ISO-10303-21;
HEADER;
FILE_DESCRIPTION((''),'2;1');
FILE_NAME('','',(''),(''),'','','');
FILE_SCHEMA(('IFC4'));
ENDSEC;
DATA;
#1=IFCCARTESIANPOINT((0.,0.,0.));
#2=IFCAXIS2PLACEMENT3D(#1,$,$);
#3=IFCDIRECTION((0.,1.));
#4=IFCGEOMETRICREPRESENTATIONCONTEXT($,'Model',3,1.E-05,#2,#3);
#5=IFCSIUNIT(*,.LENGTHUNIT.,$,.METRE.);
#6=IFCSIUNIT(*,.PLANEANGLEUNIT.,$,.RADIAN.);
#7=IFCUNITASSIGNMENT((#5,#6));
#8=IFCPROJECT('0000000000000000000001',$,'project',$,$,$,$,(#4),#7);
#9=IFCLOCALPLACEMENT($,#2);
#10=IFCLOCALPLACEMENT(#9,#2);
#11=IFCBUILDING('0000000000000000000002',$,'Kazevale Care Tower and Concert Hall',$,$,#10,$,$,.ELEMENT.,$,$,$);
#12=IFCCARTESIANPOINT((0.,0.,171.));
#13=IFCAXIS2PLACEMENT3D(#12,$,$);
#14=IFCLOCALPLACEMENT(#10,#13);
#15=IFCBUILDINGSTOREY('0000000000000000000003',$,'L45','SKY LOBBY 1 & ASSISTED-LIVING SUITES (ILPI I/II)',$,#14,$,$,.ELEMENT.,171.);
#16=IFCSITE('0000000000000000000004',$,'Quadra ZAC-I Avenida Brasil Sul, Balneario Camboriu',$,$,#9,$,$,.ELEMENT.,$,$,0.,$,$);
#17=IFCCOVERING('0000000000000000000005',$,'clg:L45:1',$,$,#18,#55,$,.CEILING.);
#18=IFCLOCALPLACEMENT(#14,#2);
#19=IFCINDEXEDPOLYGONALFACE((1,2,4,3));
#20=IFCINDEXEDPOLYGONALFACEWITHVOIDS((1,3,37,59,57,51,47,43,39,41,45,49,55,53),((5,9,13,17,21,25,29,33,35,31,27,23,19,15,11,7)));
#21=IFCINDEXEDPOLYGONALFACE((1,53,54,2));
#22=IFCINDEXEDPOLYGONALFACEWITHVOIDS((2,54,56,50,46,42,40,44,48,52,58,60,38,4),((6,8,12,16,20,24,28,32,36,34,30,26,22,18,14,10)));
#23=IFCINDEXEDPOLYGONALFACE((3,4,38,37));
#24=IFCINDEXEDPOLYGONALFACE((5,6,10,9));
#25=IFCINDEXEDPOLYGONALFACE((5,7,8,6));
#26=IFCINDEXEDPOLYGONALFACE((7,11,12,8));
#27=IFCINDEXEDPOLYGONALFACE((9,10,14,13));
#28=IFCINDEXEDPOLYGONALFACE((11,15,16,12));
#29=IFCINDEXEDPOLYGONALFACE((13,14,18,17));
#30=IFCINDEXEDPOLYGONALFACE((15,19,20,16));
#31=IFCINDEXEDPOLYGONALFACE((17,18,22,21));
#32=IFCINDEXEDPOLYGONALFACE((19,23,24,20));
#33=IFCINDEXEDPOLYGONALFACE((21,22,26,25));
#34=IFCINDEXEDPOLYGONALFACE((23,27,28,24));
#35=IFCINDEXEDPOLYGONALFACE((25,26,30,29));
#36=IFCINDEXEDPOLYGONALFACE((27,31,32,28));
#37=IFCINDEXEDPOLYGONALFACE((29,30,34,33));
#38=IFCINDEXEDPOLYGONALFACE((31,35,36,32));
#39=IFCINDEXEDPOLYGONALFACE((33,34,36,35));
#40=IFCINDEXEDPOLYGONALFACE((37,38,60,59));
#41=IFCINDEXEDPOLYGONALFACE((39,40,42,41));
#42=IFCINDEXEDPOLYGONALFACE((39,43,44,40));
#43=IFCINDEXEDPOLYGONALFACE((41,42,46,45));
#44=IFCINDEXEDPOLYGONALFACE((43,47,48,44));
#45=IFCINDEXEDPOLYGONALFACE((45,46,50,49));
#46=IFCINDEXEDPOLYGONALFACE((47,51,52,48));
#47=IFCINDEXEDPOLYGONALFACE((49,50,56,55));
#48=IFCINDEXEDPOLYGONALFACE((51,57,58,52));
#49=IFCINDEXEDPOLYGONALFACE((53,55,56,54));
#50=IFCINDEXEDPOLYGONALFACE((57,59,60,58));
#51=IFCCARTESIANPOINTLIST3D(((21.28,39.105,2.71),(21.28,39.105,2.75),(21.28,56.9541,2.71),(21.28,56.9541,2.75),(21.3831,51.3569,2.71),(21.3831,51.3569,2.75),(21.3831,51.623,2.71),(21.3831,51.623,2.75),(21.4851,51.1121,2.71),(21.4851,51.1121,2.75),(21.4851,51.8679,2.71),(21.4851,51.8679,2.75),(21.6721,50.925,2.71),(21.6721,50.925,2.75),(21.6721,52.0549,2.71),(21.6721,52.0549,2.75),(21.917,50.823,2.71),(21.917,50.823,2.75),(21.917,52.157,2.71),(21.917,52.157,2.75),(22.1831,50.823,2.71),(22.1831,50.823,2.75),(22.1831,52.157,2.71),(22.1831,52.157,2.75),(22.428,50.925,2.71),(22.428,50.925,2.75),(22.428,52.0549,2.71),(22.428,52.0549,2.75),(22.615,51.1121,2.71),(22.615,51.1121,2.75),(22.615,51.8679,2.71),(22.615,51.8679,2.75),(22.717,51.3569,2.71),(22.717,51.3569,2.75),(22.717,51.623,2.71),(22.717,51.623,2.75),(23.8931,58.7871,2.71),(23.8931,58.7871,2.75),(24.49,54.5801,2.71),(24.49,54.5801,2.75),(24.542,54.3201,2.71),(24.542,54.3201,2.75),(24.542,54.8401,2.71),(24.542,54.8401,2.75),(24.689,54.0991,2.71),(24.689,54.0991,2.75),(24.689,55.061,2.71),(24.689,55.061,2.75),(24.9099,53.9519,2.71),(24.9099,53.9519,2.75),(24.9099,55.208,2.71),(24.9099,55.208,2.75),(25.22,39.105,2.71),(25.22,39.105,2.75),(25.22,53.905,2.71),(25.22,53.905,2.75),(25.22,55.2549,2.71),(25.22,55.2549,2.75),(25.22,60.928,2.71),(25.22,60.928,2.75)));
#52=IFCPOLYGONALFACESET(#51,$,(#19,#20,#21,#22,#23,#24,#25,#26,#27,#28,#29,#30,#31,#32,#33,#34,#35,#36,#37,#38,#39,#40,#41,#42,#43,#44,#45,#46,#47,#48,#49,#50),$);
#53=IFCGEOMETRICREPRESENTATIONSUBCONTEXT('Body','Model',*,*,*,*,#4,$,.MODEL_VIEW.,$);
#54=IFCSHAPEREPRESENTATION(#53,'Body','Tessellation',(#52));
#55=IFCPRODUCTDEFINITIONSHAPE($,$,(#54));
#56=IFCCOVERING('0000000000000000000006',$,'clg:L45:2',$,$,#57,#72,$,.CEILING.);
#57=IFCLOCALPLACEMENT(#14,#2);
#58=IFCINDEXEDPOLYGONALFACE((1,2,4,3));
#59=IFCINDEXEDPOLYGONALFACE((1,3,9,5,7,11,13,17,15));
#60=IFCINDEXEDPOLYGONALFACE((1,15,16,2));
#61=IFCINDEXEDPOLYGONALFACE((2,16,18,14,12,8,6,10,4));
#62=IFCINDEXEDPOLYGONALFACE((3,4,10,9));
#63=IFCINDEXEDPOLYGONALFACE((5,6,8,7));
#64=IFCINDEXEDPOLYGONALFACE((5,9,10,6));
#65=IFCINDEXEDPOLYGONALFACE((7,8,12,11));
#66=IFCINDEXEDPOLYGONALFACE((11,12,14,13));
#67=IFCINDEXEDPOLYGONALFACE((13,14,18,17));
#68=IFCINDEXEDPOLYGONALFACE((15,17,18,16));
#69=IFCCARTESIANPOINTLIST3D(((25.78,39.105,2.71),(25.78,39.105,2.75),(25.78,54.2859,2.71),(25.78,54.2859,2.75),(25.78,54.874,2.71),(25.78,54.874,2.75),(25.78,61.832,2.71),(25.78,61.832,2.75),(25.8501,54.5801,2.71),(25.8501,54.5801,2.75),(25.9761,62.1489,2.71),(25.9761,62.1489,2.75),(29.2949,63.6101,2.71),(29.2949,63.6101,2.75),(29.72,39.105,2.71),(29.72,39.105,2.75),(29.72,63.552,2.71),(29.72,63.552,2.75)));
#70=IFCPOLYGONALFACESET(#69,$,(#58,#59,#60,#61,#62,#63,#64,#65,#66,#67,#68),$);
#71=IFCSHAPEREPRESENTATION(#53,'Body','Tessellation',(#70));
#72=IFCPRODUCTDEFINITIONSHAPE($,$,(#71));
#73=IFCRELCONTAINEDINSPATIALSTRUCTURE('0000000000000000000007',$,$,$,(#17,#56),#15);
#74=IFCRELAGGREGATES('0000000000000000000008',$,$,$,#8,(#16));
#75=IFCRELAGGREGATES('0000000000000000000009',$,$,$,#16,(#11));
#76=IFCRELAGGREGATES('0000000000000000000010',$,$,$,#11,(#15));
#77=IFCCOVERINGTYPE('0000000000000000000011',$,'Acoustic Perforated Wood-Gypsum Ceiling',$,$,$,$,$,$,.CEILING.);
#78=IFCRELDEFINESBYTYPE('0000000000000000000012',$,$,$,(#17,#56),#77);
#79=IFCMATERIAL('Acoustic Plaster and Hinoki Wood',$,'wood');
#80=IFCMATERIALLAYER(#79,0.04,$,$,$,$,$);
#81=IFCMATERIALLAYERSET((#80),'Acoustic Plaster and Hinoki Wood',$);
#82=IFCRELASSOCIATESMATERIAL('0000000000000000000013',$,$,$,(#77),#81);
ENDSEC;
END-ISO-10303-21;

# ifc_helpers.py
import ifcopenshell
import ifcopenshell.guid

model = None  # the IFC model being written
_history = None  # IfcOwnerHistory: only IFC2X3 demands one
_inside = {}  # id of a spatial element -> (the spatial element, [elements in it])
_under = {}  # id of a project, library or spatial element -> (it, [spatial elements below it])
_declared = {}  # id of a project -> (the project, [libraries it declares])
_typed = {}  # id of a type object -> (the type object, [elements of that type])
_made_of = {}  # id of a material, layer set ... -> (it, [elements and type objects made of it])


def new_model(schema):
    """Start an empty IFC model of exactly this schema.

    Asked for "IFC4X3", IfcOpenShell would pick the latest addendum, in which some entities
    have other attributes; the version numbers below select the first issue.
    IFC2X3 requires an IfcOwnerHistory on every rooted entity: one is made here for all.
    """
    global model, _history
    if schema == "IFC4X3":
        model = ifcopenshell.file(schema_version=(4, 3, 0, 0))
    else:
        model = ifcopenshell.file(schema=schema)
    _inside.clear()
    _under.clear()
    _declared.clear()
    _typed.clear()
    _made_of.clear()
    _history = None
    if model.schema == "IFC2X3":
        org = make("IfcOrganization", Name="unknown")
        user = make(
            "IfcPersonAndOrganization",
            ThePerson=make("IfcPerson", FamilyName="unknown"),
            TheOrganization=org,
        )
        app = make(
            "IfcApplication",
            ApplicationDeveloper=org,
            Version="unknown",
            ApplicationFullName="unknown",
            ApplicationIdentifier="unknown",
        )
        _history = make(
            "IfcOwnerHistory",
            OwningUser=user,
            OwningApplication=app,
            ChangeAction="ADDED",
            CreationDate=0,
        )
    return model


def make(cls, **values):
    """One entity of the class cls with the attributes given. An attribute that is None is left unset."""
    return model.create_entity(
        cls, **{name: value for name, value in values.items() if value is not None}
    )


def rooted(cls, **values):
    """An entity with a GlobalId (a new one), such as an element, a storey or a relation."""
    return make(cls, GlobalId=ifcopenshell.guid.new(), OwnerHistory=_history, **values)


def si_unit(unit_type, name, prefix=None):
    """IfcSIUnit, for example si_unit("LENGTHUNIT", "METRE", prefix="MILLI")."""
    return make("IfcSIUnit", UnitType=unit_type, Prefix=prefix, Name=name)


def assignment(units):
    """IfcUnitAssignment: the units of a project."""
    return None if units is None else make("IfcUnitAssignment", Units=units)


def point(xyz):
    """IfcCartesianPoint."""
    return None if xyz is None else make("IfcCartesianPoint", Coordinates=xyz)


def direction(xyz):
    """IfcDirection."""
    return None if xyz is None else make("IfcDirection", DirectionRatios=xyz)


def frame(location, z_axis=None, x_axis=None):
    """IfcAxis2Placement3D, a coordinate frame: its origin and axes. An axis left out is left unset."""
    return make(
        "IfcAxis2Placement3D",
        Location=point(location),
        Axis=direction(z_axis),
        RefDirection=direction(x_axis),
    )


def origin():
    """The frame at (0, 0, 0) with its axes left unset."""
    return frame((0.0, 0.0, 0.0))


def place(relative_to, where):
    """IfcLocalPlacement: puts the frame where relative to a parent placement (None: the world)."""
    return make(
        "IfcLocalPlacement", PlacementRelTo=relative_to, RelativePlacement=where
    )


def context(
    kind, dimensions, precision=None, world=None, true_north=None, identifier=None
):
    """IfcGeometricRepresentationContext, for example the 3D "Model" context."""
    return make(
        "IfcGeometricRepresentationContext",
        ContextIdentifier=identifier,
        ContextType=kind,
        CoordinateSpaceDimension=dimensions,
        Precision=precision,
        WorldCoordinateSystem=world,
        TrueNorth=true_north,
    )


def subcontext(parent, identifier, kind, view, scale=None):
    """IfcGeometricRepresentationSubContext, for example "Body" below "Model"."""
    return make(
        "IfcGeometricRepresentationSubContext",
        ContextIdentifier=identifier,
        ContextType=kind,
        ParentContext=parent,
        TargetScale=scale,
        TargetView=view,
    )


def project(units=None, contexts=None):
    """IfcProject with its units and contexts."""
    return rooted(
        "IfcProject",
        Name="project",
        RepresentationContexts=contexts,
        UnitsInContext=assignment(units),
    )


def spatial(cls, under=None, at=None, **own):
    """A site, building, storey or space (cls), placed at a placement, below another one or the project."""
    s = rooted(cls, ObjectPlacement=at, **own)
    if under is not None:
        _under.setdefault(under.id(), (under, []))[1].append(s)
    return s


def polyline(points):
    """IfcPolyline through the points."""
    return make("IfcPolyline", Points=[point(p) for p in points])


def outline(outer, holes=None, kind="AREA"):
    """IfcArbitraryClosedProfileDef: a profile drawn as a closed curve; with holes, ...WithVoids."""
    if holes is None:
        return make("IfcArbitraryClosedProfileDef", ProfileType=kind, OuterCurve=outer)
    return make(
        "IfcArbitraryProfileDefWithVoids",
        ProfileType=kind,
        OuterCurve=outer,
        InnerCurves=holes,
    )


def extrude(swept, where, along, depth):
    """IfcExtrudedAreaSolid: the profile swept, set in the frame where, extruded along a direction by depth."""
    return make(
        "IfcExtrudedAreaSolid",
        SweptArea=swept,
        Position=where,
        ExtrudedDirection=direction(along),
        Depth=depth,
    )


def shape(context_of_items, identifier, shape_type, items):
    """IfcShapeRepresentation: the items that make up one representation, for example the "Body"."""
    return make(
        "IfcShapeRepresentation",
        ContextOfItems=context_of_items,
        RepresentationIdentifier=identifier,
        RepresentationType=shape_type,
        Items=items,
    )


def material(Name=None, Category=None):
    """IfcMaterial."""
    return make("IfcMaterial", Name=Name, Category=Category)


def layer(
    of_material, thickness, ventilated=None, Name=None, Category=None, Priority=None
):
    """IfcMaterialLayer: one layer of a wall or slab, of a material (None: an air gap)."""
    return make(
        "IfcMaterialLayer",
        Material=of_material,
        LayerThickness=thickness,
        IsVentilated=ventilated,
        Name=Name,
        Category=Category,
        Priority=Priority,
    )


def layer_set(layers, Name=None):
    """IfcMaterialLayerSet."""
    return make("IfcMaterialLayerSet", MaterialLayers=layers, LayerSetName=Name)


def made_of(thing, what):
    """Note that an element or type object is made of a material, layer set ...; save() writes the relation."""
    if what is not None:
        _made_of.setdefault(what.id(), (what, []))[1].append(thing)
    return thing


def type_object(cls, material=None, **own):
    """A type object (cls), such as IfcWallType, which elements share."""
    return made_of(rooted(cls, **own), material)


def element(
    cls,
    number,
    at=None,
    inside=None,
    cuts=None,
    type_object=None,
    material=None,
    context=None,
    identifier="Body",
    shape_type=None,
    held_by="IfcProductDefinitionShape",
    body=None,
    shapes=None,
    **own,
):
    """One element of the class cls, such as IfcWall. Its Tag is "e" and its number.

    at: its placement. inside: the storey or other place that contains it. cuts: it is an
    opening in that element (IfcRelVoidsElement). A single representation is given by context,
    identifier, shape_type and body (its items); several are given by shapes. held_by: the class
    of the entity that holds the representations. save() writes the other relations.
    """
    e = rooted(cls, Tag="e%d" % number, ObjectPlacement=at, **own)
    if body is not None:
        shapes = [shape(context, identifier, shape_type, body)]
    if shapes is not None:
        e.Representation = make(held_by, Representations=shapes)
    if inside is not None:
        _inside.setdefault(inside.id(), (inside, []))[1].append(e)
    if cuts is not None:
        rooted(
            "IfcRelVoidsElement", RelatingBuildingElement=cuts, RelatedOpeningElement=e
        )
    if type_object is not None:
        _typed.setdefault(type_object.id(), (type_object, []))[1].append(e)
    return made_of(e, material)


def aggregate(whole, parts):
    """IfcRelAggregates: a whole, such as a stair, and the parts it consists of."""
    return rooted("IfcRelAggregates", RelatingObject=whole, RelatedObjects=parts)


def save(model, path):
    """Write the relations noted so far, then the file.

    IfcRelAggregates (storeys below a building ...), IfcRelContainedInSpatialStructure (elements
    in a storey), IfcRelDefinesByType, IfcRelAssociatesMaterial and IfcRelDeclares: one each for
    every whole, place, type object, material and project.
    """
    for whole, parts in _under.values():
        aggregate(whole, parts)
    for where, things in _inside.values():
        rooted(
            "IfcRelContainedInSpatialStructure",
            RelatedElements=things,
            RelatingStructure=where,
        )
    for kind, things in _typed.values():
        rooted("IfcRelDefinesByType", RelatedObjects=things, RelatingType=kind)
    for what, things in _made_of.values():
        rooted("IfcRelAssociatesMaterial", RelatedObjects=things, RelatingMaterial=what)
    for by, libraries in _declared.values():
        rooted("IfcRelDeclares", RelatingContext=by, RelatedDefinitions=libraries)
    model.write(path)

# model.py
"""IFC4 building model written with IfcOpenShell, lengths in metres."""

from ifc_helpers import new_model, si_unit, direction, frame, origin, place, context, subcontext, project, spatial, polyline, outline, extrude, material, layer, layer_set, type_object, element, save


model = new_model("IFC4")

# Units and contexts
model_context = context("Model", 3, precision=1e-05, world=origin(), true_north=direction((0.0, 1.0)))
body_context = subcontext(model_context, "Body", "Model", "MODEL_VIEW")
ifc_project = project(units=[si_unit("LENGTHUNIT", "METRE"), si_unit("PLANEANGLEUNIT", "RADIAN")], contexts=[model_context])

# Site, building, storey
site_placement = place(None, origin())
site = spatial("IfcSite", under=ifc_project, at=site_placement, Name="Quadra ZAC-I Avenida Brasil Sul, Balneario Camboriu", CompositionType="ELEMENT", RefElevation=0.0)
building_placement = place(site_placement, origin())
building = spatial("IfcBuilding", under=site, at=building_placement, Name="Kazevale Care Tower and Concert Hall", CompositionType="ELEMENT")
storey_placement = place(building_placement, frame((0.0, 0.0, 171.0)))
storey = spatial("IfcBuildingStorey", under=building, at=storey_placement, Name="L45", Description="SKY LOBBY 1 & ASSISTED-LIVING SUITES (ILPI I/II)", CompositionType="ELEMENT", Elevation=171.0)

# Coverings
ifc_material_1 = material(Name="Acoustic Plaster and Hinoki Wood", Category="wood")
ifc_layer_1 = layer(ifc_material_1, 0.04)
ifc_layer_set_1 = layer_set([ifc_layer_1], Name="Acoustic Plaster and Hinoki Wood")
covering_type = type_object("IfcCoveringType", Name="Acoustic Perforated Wood-Gypsum Ceiling", PredefinedType="CEILING", material=ifc_layer_set_1)
covering_1_placement = place(storey_placement, frame((0.0, 0.0, 2.71)))
element("IfcCovering", 1, at=covering_1_placement, inside=storey, type_object=covering_type, Name="clg:L45:1", PredefinedType="CEILING", context=body_context, shape_type="SweptSolid", body=[
    extrude(outline(polyline([(25.22, 55.2549), (24.9099, 55.208), (24.689, 55.061), (24.542, 54.8401), (24.49, 54.5801), (24.542, 54.3201), (24.689, 54.0991), (24.9099, 53.9519), (25.22, 53.905), (25.22, 39.105), (21.28, 39.105), (21.28, 56.9541), (23.8931, 58.7871), (25.22, 60.928), (25.22, 55.2549)]), holes=[polyline([(22.717, 51.623), (22.615, 51.8679), (22.428, 52.0549), (22.1831, 52.157), (21.917, 52.157), (21.6721, 52.0549), (21.4851, 51.8679), (21.3831, 51.623), (21.3831, 51.3569), (21.4851, 51.1121), (21.6721, 50.925), (21.917, 50.823), (22.1831, 50.823), (22.428, 50.925), (22.615, 51.1121), (22.717, 51.3569), (22.717, 51.623)])]), origin(), (0.0, 0.0, 1.0), 0.04),
])
covering_2_placement = place(storey_placement, frame((0.0, 0.0, 2.71)))
element("IfcCovering", 2, at=covering_2_placement, inside=storey, type_object=covering_type, Name="clg:L45:2", PredefinedType="CEILING", context=body_context, shape_type="SweptSolid", body=[
    extrude(outline(polyline([(29.72, 39.105), (25.78, 39.105), (25.78, 54.2859), (25.8501, 54.5801), (25.78, 54.874), (25.78, 61.832), (25.9761, 62.1489), (29.2949, 63.6101), (29.72, 63.552), (29.72, 39.105)])), origin(), (0.0, 0.0, 1.0), 0.04),
])

save(model, "model.ifc")
